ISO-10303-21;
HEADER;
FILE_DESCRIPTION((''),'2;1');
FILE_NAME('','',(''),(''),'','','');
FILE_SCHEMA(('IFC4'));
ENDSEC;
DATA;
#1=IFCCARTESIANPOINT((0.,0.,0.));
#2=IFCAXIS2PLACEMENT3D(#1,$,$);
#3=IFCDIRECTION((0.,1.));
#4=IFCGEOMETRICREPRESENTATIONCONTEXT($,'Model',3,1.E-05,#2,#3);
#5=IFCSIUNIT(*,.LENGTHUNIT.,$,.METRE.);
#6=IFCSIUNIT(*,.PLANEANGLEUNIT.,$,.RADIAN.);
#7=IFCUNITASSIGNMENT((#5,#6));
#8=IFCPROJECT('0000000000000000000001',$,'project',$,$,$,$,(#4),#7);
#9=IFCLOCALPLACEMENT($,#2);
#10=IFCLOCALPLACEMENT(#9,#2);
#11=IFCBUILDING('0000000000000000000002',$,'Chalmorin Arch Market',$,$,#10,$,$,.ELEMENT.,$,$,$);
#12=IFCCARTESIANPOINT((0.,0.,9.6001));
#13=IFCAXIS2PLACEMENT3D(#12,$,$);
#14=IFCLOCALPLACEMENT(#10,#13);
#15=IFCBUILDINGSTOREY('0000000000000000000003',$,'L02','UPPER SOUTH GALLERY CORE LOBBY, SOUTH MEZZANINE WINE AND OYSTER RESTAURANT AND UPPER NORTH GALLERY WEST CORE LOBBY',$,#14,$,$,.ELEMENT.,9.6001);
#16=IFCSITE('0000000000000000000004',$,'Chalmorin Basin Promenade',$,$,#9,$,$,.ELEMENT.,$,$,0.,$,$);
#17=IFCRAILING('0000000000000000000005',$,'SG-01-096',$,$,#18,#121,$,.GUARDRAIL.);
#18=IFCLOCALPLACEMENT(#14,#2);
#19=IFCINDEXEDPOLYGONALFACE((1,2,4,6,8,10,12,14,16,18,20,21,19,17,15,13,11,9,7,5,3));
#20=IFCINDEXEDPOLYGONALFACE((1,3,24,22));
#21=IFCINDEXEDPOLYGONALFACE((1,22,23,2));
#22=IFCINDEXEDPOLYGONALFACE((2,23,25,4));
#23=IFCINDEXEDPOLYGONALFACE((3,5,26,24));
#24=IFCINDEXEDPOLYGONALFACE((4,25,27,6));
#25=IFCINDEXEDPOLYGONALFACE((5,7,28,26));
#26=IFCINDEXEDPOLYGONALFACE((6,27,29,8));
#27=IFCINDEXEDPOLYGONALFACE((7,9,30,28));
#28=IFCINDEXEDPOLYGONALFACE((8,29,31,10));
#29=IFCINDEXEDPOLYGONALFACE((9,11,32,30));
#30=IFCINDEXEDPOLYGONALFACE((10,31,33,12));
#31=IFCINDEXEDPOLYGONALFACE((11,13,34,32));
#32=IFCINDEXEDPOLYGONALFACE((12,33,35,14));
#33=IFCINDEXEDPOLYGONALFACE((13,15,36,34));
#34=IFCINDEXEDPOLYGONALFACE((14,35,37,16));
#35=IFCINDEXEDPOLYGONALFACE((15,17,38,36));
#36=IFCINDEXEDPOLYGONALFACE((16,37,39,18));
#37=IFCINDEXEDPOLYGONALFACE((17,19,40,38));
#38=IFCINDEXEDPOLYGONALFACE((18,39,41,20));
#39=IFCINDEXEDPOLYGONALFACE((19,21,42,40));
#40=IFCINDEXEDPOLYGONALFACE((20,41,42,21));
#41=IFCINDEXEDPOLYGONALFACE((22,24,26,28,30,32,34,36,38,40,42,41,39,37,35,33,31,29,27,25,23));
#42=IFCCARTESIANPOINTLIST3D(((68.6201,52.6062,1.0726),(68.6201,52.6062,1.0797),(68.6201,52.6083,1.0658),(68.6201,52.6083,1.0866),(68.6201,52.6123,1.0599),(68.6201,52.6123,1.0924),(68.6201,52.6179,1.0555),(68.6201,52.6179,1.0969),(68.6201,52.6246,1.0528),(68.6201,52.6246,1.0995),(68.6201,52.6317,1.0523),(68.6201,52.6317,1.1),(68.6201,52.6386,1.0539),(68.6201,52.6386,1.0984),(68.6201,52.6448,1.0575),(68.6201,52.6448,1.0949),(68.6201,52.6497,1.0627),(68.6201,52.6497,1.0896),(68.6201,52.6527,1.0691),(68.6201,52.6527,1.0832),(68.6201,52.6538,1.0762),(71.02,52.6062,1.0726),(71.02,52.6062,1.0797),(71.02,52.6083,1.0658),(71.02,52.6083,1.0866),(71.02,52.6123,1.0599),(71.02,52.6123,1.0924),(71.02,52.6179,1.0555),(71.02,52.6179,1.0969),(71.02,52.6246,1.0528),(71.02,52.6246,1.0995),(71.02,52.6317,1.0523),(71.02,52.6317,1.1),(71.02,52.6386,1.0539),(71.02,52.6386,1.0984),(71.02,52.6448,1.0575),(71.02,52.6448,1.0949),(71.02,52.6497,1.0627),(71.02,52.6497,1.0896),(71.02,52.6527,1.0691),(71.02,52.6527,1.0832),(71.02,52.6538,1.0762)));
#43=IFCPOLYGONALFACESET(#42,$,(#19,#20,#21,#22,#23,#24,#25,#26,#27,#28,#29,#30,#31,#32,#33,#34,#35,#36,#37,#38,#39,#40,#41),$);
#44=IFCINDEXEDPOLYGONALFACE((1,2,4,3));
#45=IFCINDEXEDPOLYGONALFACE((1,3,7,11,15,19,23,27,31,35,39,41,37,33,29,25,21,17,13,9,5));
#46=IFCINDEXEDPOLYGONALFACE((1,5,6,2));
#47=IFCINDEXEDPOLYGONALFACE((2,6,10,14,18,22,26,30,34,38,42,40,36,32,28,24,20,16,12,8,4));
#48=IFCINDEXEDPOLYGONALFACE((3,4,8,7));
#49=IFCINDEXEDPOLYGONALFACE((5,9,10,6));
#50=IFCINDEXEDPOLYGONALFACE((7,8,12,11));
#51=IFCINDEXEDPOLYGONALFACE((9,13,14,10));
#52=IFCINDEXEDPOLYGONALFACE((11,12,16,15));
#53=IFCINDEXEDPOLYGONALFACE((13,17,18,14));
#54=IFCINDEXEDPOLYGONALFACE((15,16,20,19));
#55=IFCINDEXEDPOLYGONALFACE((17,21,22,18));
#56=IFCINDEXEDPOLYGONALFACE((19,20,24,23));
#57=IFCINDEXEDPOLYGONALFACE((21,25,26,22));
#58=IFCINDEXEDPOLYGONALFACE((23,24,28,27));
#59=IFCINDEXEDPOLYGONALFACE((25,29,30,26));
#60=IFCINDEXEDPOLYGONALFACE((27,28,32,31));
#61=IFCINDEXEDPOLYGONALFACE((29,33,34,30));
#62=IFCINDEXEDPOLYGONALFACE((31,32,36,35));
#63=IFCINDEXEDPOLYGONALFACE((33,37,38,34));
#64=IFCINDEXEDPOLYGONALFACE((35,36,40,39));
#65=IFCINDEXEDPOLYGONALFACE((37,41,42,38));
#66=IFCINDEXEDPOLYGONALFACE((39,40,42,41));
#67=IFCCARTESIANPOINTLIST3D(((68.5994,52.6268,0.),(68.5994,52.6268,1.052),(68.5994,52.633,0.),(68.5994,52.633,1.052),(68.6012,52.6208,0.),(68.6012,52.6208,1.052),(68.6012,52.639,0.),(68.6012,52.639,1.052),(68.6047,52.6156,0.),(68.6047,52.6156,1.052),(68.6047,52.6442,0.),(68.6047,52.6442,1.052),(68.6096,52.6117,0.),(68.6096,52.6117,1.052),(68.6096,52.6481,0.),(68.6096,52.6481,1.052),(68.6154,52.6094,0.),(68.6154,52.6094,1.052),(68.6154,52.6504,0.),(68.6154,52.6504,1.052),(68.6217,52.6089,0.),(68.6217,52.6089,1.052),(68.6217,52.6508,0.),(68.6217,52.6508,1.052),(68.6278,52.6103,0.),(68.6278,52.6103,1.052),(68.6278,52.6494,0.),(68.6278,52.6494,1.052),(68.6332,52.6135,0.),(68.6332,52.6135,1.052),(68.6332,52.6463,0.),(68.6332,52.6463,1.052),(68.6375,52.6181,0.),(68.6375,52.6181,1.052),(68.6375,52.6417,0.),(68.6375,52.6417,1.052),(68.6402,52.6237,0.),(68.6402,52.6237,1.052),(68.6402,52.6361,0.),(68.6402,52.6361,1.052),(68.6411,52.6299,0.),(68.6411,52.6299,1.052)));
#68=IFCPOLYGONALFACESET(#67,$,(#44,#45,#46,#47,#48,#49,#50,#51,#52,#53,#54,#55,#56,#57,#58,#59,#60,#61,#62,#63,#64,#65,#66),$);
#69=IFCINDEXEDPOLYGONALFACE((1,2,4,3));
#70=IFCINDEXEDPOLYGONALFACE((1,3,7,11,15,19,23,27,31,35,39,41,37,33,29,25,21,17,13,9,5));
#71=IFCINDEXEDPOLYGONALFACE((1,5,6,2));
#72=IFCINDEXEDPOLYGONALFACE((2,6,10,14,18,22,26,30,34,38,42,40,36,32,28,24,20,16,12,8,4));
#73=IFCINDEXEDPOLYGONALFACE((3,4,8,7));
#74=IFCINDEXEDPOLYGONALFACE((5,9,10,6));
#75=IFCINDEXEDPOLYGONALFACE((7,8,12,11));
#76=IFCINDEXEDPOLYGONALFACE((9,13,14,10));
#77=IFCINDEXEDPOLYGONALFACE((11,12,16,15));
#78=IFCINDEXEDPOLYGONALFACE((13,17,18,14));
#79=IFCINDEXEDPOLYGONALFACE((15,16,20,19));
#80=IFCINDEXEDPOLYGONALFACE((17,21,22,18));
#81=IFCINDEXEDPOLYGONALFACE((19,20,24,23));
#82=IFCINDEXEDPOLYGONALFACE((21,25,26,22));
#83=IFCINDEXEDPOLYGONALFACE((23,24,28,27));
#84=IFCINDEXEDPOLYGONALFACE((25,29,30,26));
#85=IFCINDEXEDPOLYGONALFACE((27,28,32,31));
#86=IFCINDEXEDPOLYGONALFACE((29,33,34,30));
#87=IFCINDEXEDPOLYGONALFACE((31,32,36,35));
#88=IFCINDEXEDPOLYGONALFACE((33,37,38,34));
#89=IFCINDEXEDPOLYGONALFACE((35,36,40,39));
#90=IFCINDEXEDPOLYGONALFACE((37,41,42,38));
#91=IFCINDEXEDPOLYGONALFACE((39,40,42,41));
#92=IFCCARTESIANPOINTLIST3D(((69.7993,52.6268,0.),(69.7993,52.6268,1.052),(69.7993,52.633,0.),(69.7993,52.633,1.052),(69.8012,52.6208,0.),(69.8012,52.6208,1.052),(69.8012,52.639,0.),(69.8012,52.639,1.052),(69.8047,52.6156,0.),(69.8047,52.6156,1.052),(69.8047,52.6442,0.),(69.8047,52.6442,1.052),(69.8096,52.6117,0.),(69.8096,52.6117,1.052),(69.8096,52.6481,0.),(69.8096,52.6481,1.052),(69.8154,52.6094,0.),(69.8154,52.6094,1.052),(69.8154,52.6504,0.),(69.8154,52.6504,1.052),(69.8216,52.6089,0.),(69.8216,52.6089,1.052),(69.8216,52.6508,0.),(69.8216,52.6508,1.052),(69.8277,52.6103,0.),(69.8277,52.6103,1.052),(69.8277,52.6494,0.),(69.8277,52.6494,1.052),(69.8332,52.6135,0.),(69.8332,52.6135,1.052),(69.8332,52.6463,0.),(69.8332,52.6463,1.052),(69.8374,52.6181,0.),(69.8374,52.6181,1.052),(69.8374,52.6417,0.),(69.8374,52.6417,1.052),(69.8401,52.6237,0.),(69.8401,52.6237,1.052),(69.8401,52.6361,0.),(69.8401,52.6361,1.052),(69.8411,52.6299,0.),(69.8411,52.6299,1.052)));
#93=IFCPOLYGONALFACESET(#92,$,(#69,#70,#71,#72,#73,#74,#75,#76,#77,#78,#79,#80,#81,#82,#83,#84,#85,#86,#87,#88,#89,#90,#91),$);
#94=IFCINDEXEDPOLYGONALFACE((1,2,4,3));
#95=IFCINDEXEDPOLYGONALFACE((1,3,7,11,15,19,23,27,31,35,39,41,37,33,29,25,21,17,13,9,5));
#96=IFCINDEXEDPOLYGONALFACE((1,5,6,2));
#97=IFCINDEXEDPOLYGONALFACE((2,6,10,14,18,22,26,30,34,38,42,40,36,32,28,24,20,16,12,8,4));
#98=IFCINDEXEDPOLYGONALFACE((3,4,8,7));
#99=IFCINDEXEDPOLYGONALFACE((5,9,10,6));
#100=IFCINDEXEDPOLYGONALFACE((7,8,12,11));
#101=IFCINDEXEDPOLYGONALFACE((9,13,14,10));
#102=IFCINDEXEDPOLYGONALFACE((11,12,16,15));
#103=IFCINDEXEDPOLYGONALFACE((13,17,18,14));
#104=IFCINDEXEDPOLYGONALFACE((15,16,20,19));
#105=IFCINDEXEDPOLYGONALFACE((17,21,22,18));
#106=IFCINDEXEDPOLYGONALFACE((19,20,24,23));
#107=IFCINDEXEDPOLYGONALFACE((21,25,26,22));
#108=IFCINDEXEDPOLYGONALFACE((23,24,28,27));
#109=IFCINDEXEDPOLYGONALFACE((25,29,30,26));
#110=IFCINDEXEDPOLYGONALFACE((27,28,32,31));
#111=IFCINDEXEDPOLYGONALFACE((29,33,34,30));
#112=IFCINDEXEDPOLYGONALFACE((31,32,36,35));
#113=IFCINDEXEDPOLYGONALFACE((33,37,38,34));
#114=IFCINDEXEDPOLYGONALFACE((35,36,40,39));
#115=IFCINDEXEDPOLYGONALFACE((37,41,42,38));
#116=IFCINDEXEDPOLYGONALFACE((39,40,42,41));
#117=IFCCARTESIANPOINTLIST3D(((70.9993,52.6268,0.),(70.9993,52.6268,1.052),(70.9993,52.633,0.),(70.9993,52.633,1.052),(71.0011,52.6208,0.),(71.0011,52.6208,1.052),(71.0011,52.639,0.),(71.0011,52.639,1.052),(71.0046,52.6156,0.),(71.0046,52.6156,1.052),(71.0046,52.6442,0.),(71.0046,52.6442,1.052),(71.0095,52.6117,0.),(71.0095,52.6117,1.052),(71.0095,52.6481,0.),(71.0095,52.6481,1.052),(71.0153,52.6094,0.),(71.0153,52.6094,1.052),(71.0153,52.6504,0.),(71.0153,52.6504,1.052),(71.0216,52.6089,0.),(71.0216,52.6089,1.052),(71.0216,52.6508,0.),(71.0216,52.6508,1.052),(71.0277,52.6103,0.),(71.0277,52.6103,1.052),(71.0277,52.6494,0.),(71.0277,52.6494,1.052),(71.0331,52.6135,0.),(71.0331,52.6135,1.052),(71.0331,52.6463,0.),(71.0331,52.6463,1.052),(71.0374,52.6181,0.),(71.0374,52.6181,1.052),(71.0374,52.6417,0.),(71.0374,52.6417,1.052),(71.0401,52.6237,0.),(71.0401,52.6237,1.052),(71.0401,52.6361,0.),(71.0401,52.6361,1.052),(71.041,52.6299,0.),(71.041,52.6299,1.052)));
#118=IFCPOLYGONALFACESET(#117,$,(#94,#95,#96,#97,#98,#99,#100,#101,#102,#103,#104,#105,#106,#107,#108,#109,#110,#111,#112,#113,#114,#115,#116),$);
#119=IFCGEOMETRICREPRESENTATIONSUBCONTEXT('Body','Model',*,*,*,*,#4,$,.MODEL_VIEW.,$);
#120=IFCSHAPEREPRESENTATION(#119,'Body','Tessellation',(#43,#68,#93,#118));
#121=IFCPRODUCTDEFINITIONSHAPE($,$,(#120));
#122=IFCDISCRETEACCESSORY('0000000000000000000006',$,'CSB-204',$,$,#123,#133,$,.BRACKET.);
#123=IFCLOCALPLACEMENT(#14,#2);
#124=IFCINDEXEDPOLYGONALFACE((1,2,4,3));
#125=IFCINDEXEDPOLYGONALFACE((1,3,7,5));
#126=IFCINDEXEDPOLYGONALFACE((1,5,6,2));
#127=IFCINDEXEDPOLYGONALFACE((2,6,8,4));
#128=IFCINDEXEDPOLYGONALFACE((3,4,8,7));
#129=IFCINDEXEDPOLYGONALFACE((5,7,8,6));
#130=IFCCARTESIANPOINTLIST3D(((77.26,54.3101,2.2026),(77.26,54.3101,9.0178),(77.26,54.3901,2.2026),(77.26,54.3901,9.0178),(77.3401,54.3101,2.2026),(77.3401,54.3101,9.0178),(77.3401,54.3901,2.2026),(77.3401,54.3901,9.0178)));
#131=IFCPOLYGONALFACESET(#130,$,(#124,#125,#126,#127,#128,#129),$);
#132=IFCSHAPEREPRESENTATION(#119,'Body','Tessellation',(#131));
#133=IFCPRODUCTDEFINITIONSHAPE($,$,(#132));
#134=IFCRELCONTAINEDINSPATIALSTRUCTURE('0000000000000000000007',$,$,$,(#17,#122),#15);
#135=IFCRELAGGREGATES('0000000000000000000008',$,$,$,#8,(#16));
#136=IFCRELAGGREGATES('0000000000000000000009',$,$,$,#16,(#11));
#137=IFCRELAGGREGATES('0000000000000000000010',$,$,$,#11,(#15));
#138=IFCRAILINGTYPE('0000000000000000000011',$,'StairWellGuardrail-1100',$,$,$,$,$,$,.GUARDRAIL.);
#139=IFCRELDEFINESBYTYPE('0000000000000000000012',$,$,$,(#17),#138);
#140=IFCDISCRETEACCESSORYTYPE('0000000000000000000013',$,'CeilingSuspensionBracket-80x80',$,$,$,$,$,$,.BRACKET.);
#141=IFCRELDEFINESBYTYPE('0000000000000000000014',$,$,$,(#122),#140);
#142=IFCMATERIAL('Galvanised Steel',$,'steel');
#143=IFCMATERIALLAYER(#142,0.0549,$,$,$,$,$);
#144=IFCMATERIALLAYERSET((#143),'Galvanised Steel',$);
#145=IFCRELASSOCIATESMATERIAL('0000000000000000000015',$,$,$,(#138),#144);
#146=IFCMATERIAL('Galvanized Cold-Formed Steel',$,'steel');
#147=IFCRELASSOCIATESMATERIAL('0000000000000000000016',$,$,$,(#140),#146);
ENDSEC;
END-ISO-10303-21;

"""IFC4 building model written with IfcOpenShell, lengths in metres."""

from ifc_helpers import new_model, si_unit, direction, frame, origin, origin_2d, place, context, subcontext, project, spatial, rectangle, circle, extrude, material, layer, layer_set, type_object, element, save


model = new_model("IFC4")

# Units and contexts
model_context = context("Model", 3, precision=1e-05, world=origin(), true_north=direction((0.0, 1.0)))
body_context = subcontext(model_context, "Body", "Model", "MODEL_VIEW")
ifc_project = project(units=[si_unit("LENGTHUNIT", "METRE"), si_unit("PLANEANGLEUNIT", "RADIAN")], contexts=[model_context])

# Site, building, storey
site_placement = place(None, origin())
site = spatial("IfcSite", under=ifc_project, at=site_placement, Name="Chalmorin Basin Promenade", CompositionType="ELEMENT", RefElevation=0.0)
building_placement = place(site_placement, origin())
building = spatial("IfcBuilding", under=site, at=building_placement, Name="Chalmorin Arch Market", CompositionType="ELEMENT")
storey_placement = place(building_placement, frame((0.0, 0.0, 9.6001)))
storey = spatial("IfcBuildingStorey", under=building, at=storey_placement, Name="L02", Description="UPPER SOUTH GALLERY CORE LOBBY, SOUTH MEZZANINE WINE AND OYSTER RESTAURANT AND UPPER NORTH GALLERY WEST CORE LOBBY", CompositionType="ELEMENT", Elevation=9.6001)

# Shared definitions
ifc_material_1 = material(Name="Galvanised Steel", Category="steel")

# Railing
ifc_layer_1 = layer(ifc_material_1, 0.0549)
ifc_layer_set_1 = layer_set([ifc_layer_1], Name="Galvanised Steel")
railing_type_1 = type_object("IfcRailingType", Name="StairWellGuardrail-1100", PredefinedType="GUARDRAIL", material=ifc_layer_set_1)
railing_1_placement = place(storey_placement, frame((68.6201, 52.6299, 0.0)))
element("IfcRailing", 1, at=railing_1_placement, inside=storey, type_object=railing_type_1, Name="SG-01-096", PredefinedType="GUARDRAIL", context=body_context, shape_type="SweptSolid", body=[
    extrude(circle(Radius=0.0239, at=origin_2d()), frame((0.0, 0.0, 1.0762), z_axis=(1.0, 0.0, 0.0), x_axis=(0.0, 1.0, 0.0)), (0.0, 0.0, 1.0), 2.3999),
    extrude(circle(Radius=0.021, at=origin_2d()), origin(), (0.0, 0.0, 1.0), 1.052),
    extrude(circle(Radius=0.021, at=origin_2d()), frame((1.2, 0.0, 0.0)), (0.0, 0.0, 1.0), 1.052),
    extrude(circle(Radius=0.021, at=origin_2d()), frame((2.3999, 0.0, 0.0)), (0.0, 0.0, 1.0), 1.052),
])

# Discrete accessory
ifc_material_2 = material(Name="Galvanized Cold-Formed Steel", Category="steel")
discrete_accessory_type = type_object("IfcDiscreteAccessoryType", Name="CeilingSuspensionBracket-80x80", PredefinedType="BRACKET", material=ifc_material_2)
discrete_accessory_placement = place(storey_placement, frame((77.3, 54.3501, 2.2026), z_axis=(0.0, 0.0, 1.0), x_axis=(1.0, 0.0, 0.0)))
element("IfcDiscreteAccessory", 2, at=discrete_accessory_placement, inside=storey, type_object=discrete_accessory_type, Name="CSB-204", PredefinedType="BRACKET", context=body_context, shape_type="SweptSolid", body=[
    extrude(rectangle(XDim=0.0801, YDim=0.0801, at=origin_2d()), origin(), (0.0, 0.0, 1.0), 6.8152),
])

save(model, "model.ifc")
